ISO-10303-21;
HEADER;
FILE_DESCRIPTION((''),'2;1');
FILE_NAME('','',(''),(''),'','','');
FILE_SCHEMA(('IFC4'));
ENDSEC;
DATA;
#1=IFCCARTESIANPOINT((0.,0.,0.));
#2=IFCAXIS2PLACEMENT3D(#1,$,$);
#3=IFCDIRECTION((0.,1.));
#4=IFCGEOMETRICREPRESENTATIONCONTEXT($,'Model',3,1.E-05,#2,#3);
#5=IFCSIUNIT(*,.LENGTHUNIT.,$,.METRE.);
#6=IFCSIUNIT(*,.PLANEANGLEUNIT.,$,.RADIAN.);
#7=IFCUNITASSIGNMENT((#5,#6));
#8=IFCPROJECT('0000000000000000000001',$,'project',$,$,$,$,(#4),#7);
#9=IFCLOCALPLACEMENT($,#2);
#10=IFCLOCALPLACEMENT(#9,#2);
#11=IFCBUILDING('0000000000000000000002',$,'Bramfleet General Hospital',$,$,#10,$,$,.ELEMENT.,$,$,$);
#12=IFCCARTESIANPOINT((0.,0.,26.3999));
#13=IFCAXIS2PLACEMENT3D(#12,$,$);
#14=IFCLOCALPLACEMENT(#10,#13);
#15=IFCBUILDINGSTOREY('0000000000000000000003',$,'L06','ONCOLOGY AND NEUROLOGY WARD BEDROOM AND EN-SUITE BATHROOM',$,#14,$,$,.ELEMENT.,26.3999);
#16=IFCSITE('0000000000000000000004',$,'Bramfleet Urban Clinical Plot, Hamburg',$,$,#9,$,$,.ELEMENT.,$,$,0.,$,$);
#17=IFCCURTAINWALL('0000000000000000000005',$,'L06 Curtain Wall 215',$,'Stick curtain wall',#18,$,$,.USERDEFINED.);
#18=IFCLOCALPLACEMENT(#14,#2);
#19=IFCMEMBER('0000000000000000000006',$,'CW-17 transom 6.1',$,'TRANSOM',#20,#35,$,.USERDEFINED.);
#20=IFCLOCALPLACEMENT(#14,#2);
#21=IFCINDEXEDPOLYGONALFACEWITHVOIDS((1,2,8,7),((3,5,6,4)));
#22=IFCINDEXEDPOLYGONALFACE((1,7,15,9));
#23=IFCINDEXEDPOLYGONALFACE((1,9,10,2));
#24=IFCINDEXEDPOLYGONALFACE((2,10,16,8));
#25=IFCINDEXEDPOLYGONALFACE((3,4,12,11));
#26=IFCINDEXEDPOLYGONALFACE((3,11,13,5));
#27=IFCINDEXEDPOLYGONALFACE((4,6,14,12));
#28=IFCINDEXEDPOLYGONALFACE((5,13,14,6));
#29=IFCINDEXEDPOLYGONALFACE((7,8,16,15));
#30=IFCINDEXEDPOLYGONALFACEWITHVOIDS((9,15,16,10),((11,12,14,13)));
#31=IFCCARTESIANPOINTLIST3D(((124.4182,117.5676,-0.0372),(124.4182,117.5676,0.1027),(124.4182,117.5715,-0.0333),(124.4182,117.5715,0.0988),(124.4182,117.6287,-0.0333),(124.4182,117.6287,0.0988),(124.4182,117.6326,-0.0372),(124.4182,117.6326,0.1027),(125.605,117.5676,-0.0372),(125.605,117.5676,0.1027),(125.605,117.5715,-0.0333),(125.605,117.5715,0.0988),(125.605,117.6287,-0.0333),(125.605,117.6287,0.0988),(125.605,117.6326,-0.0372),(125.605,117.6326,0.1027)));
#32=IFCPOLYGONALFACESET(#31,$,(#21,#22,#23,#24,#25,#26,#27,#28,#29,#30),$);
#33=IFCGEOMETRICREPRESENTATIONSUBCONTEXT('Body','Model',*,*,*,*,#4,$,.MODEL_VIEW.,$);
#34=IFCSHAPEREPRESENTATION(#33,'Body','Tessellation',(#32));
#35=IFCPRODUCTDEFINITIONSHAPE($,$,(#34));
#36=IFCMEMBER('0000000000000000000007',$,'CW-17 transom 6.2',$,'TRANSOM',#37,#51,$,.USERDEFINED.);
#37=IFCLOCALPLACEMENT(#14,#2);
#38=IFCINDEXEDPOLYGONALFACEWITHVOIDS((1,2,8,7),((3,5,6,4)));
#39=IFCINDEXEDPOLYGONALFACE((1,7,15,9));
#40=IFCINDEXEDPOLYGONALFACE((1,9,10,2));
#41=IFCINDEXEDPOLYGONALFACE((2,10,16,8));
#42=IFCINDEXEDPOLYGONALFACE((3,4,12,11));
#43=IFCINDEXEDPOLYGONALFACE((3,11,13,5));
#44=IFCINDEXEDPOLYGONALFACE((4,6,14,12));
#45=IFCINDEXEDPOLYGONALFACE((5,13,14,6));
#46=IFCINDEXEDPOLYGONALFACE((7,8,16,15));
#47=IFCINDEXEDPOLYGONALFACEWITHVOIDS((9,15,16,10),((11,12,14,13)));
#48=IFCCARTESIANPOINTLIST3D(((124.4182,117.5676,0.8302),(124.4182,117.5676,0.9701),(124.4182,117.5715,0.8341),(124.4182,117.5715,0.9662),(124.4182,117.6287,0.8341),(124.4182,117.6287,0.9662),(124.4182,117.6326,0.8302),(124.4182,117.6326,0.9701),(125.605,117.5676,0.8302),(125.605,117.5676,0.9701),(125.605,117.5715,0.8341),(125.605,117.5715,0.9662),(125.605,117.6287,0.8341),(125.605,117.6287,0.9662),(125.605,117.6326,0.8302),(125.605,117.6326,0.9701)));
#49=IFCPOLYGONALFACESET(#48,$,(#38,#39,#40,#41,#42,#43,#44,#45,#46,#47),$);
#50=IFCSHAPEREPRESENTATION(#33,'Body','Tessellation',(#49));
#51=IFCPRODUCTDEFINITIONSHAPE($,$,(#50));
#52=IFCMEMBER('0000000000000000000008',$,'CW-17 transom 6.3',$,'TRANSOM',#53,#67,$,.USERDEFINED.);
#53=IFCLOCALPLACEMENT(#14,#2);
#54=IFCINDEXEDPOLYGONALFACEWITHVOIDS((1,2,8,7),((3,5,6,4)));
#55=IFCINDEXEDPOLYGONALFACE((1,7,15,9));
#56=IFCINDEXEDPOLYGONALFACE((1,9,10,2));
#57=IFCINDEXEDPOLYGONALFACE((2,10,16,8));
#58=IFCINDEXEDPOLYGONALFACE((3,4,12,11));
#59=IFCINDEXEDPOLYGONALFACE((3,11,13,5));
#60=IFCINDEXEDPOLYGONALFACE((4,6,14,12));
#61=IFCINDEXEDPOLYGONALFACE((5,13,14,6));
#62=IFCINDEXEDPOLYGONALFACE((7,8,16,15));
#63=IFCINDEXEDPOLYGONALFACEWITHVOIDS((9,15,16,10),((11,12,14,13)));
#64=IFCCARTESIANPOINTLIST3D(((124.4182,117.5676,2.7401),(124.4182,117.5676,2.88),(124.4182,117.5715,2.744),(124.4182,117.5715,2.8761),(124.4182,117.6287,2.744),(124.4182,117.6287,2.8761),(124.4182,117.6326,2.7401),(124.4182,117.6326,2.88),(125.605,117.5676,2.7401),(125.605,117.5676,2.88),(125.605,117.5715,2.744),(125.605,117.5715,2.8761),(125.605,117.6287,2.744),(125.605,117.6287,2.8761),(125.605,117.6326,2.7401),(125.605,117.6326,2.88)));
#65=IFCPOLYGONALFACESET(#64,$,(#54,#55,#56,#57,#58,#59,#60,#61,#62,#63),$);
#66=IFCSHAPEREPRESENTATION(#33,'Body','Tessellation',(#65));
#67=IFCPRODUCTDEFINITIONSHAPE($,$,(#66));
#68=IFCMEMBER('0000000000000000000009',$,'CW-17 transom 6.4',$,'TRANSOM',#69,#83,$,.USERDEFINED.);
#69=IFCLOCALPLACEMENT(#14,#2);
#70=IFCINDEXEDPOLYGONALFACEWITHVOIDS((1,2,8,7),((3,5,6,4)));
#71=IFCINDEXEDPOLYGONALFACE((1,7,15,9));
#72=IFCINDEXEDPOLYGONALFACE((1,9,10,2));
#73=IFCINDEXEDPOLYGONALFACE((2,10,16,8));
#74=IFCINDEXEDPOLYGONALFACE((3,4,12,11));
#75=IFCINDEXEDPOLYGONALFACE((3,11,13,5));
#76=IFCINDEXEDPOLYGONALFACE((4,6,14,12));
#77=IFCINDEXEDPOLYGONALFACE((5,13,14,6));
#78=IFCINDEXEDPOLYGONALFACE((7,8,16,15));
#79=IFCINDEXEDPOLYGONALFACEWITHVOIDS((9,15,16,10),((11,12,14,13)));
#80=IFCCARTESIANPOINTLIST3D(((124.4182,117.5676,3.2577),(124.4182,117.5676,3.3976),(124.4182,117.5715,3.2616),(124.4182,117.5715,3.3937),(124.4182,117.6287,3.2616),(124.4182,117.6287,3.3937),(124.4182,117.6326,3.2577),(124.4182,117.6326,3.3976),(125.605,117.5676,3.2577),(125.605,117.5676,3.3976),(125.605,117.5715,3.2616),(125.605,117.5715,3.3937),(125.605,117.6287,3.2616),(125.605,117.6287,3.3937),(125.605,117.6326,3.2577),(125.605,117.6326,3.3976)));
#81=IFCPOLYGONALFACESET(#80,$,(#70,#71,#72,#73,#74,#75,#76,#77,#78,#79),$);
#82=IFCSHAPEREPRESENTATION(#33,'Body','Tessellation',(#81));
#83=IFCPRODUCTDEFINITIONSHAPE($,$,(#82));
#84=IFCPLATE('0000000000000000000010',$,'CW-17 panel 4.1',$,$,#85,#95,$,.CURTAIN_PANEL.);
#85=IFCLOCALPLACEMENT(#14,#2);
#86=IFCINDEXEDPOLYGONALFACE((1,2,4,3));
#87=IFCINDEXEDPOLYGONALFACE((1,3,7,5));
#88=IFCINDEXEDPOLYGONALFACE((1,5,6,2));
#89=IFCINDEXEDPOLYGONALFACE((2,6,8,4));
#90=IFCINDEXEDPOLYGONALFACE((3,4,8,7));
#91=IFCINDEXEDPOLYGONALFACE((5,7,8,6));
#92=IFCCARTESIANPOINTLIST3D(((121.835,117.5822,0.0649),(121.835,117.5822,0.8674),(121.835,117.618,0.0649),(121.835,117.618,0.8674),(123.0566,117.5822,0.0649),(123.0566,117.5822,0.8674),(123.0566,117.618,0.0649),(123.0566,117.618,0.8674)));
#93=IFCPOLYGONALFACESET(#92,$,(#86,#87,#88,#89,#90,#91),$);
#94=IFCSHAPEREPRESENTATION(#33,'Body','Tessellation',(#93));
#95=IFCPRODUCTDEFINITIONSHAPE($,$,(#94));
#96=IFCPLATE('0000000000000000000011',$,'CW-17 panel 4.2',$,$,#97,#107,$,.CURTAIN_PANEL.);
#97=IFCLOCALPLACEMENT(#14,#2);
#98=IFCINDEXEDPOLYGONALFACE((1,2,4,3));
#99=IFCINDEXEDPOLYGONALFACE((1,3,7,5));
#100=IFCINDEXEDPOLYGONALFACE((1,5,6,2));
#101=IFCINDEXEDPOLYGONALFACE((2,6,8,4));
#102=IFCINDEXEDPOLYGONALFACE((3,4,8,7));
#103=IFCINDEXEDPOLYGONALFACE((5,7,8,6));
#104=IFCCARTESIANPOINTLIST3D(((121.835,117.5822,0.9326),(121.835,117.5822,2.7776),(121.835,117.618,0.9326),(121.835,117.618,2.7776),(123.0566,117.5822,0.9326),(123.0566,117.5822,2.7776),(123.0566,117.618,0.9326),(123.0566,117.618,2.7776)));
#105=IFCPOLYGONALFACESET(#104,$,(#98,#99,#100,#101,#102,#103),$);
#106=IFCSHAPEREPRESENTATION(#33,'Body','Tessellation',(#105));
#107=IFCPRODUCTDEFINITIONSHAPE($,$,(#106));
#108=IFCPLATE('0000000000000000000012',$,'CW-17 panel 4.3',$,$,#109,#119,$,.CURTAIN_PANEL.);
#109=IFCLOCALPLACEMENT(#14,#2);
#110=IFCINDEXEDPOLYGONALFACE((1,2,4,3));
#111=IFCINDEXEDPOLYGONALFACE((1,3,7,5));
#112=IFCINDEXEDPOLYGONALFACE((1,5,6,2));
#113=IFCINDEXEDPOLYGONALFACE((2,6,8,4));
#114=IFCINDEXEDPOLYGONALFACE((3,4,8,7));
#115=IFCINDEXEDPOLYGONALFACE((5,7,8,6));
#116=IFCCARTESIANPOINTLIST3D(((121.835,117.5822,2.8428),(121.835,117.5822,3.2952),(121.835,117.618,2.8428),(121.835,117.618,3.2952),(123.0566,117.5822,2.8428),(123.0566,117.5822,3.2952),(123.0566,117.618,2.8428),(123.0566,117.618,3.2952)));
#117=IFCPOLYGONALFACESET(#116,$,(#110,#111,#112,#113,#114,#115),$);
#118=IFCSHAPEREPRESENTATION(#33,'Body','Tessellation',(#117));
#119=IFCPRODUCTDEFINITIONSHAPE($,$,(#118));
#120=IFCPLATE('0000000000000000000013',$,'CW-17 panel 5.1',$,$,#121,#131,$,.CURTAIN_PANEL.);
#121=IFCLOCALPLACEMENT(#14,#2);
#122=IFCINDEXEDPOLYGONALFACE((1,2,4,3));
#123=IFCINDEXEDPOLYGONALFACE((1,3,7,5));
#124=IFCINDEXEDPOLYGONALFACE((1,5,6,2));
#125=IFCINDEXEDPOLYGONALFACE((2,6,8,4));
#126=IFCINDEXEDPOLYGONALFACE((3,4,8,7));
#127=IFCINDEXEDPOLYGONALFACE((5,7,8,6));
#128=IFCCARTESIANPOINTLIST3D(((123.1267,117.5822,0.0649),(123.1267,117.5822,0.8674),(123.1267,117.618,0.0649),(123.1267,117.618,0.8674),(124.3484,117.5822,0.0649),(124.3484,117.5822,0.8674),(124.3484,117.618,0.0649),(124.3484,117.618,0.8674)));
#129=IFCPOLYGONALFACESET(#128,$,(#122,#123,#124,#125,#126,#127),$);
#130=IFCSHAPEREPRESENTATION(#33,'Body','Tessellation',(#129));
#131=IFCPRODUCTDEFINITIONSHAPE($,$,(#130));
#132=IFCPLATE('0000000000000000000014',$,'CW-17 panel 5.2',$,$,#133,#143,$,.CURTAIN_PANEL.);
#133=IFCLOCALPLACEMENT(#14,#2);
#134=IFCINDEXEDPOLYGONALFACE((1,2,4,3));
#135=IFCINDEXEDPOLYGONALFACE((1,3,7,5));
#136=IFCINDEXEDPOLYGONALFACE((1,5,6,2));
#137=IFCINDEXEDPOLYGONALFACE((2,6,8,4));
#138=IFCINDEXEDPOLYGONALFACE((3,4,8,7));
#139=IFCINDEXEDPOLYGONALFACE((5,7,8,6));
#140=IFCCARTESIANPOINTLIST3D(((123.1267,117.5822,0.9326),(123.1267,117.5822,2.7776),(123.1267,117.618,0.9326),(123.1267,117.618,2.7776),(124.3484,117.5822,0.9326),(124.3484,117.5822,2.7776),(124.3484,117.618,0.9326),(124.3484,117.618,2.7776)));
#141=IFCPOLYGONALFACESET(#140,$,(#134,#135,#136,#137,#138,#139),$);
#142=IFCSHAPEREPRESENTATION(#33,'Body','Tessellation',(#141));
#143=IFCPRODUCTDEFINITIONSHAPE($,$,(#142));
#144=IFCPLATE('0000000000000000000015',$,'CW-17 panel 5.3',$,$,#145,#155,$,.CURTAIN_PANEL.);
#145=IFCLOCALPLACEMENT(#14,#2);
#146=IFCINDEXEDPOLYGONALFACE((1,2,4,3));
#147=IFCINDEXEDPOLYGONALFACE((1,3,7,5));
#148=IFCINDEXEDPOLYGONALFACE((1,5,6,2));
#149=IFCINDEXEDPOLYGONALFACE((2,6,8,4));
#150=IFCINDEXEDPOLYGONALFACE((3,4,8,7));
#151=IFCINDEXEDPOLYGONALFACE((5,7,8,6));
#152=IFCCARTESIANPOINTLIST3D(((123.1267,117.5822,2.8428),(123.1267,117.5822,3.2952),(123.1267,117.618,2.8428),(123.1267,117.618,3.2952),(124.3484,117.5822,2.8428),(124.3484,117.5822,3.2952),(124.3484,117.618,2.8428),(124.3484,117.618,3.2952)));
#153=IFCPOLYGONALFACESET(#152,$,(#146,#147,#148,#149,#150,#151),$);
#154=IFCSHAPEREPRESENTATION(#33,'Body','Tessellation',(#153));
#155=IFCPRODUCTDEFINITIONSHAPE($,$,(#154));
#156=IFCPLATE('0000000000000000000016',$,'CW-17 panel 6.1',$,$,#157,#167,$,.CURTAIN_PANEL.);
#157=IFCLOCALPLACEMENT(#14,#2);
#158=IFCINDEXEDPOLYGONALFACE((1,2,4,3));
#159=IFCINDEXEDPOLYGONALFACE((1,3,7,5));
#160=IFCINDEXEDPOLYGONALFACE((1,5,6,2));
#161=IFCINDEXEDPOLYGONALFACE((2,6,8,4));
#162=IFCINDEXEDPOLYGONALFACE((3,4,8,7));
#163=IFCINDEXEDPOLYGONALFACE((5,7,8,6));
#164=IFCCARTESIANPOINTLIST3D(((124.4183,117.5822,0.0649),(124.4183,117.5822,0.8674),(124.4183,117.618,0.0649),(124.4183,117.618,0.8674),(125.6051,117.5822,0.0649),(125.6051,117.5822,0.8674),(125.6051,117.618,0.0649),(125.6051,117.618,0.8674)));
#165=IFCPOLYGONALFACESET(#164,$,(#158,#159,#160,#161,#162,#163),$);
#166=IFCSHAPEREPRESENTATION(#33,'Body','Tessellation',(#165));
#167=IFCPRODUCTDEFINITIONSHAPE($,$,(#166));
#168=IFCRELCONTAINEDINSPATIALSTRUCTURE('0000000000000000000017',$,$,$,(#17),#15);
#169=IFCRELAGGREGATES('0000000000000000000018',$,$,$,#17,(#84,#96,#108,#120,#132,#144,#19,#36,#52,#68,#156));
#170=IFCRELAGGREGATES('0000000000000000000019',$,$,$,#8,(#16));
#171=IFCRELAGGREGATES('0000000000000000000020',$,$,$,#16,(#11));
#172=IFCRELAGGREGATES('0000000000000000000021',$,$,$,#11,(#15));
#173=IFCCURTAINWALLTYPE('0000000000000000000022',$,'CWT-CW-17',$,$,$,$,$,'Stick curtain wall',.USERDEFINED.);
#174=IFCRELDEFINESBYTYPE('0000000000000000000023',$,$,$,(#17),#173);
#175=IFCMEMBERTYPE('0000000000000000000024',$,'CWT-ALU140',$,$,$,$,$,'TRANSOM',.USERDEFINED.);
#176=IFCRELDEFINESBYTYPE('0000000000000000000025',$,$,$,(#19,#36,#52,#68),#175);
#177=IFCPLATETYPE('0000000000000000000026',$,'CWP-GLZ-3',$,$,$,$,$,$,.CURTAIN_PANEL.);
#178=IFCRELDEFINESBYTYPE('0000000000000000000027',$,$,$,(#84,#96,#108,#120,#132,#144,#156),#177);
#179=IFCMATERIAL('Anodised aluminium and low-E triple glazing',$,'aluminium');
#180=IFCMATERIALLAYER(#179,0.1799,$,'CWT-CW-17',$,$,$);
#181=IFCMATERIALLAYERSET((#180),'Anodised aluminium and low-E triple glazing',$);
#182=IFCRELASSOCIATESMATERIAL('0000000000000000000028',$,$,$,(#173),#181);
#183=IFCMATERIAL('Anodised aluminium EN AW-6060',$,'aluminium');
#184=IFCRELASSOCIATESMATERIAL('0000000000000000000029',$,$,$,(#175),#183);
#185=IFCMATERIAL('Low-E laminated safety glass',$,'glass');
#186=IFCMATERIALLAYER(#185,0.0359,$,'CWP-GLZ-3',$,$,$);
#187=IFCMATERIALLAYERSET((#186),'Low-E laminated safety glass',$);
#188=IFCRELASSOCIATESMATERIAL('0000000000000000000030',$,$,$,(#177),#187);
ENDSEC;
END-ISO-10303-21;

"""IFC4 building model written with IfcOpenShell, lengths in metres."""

from ifc_helpers import new_model, si_unit, direction, frame, origin, origin_2d, place, context, subcontext, project, spatial, rectangle, hollow_rectangle, extrude, material, layer, layer_set, material_profile, profile_set, type_object, element, aggregate, save


model = new_model("IFC4")

# Units and contexts
model_context = context("Model", 3, precision=1e-05, world=origin(), true_north=direction((0.0, 1.0)))
body_context = subcontext(model_context, "Body", "Model", "MODEL_VIEW")
ifc_project = project(units=[si_unit("LENGTHUNIT", "METRE"), si_unit("PLANEANGLEUNIT", "RADIAN")], contexts=[model_context])

# Site, building, storey
site_placement = place(None, origin())
site = spatial("IfcSite", under=ifc_project, at=site_placement, Name="Bramfleet Urban Clinical Plot, Hamburg", CompositionType="ELEMENT", RefElevation=0.0)
building_placement = place(site_placement, origin())
building = spatial("IfcBuilding", under=site, at=building_placement, Name="Bramfleet General Hospital", CompositionType="ELEMENT")
storey_placement = place(building_placement, frame((0.0, 0.0, 26.3999)))
storey = spatial("IfcBuildingStorey", under=building, at=storey_placement, Name="L06", Description="ONCOLOGY AND NEUROLOGY WARD BEDROOM AND EN-SUITE BATHROOM", CompositionType="ELEMENT", Elevation=26.3999)

# Curtain wall, members, plates
ifc_material_1 = material(Name="Anodised aluminium and low-E triple glazing", Category="aluminium")
ifc_layer_1 = layer(ifc_material_1, 0.1799, Name="CWT-CW-17")
ifc_layer_set_1 = layer_set([ifc_layer_1], Name="Anodised aluminium and low-E triple glazing")
curtain_wall_type = type_object("IfcCurtainWallType", Name="CWT-CW-17", ElementType="Stick curtain wall", PredefinedType="USERDEFINED", material=ifc_layer_set_1)
curtain_wall_placement = place(storey_placement, origin())
curtain_wall = element("IfcCurtainWall", 1, at=curtain_wall_placement, inside=storey, type_object=curtain_wall_type, Name="L06 Curtain Wall 215", ObjectType="Stick curtain wall", PredefinedType="USERDEFINED")
ifc_material_2 = material(Name="Anodised aluminium EN AW-6060", Category="aluminium")
ifc_material_profile_1 = material_profile(ifc_material_2, hollow_rectangle(XDim=0.0649, YDim=0.1399, WallThickness=0.0039, at=origin_2d()), Name="ALU 140x65x4.0")
ifc_profile_set_1 = profile_set([ifc_material_profile_1], Name="Anodised aluminium EN AW-6060")
member_type_1 = type_object("IfcMemberType", Name="CWT-ALU140", ElementType="TRANSOM", PredefinedType="USERDEFINED", material=ifc_profile_set_1)
member_1_placement = place(storey_placement, frame((124.4182, 117.6001, 0.0327), z_axis=(1.0, 0.0, 0.0), x_axis=(0.0, 1.0, 0.0)))
member_1 = element("IfcMember", 2, at=member_1_placement, type_object=member_type_1, Name="CW-17 transom 6.1", ObjectType="TRANSOM", PredefinedType="USERDEFINED", context=body_context, shape_type="SweptSolid", body=[
    extrude(hollow_rectangle(XDim=0.0649, YDim=0.1399, WallThickness=0.0039, at=origin_2d()), origin(), (0.0, 0.0, 1.0), 1.1868),
])
member_2_placement = place(storey_placement, frame((124.4182, 117.6001, 0.9001), z_axis=(1.0, 0.0, 0.0), x_axis=(0.0, 1.0, 0.0)))
member_2 = element("IfcMember", 3, at=member_2_placement, type_object=member_type_1, Name="CW-17 transom 6.2", ObjectType="TRANSOM", PredefinedType="USERDEFINED", context=body_context, shape_type="SweptSolid", body=[
    extrude(hollow_rectangle(XDim=0.0649, YDim=0.1399, WallThickness=0.0039, at=origin_2d()), origin(), (0.0, 0.0, 1.0), 1.1868),
])
member_3_placement = place(storey_placement, frame((124.4182, 117.6001, 2.8101), z_axis=(1.0, 0.0, 0.0), x_axis=(0.0, 1.0, 0.0)))
member_3 = element("IfcMember", 4, at=member_3_placement, type_object=member_type_1, Name="CW-17 transom 6.3", ObjectType="TRANSOM", PredefinedType="USERDEFINED", context=body_context, shape_type="SweptSolid", body=[
    extrude(hollow_rectangle(XDim=0.0649, YDim=0.1399, WallThickness=0.0039, at=origin_2d()), origin(), (0.0, 0.0, 1.0), 1.1868),
])
member_4_placement = place(storey_placement, frame((124.4182, 117.6001, 3.3276), z_axis=(1.0, 0.0, 0.0), x_axis=(0.0, 1.0, 0.0)))
member_4 = element("IfcMember", 5, at=member_4_placement, type_object=member_type_1, Name="CW-17 transom 6.4", ObjectType="TRANSOM", PredefinedType="USERDEFINED", context=body_context, shape_type="SweptSolid", body=[
    extrude(hollow_rectangle(XDim=0.0649, YDim=0.1399, WallThickness=0.0039, at=origin_2d()), origin(), (0.0, 0.0, 1.0), 1.1868),
])
ifc_material_3 = material(Name="Low-E laminated safety glass", Category="glass")
ifc_layer_2 = layer(ifc_material_3, 0.0359, Name="CWP-GLZ-3")
ifc_layer_set_2 = layer_set([ifc_layer_2], Name="Low-E laminated safety glass")
plate_type = type_object("IfcPlateType", Name="CWP-GLZ-3", PredefinedType="CURTAIN_PANEL", material=ifc_layer_set_2)
plate_1_placement = place(storey_placement, frame((122.4458, 117.6001, 0.0649), z_axis=(0.0, 0.0, 1.0), x_axis=(1.0, 0.0, 0.0)))
plate_1 = element("IfcPlate", 6, at=plate_1_placement, type_object=plate_type, Name="CW-17 panel 4.1", PredefinedType="CURTAIN_PANEL", context=body_context, shape_type="SweptSolid", body=[
    extrude(rectangle(XDim=1.2217, YDim=0.0359, at=origin_2d()), origin(), (0.0, 0.0, 1.0), 0.8025),
])
plate_2_placement = place(storey_placement, frame((122.4458, 117.6001, 0.9326), z_axis=(0.0, 0.0, 1.0), x_axis=(1.0, 0.0, 0.0)))
plate_2 = element("IfcPlate", 7, at=plate_2_placement, type_object=plate_type, Name="CW-17 panel 4.2", PredefinedType="CURTAIN_PANEL", context=body_context, shape_type="SweptSolid", body=[
    extrude(rectangle(XDim=1.2217, YDim=0.0359, at=origin_2d()), origin(), (0.0, 0.0, 1.0), 1.845),
])
plate_3_placement = place(storey_placement, frame((122.4458, 117.6001, 2.8428), z_axis=(0.0, 0.0, 1.0), x_axis=(1.0, 0.0, 0.0)))
plate_3 = element("IfcPlate", 8, at=plate_3_placement, type_object=plate_type, Name="CW-17 panel 4.3", PredefinedType="CURTAIN_PANEL", context=body_context, shape_type="SweptSolid", body=[
    extrude(rectangle(XDim=1.2217, YDim=0.0359, at=origin_2d()), origin(), (0.0, 0.0, 1.0), 0.4524),
])
plate_4_placement = place(storey_placement, frame((123.7375, 117.6001, 0.0649), z_axis=(0.0, 0.0, 1.0), x_axis=(1.0, 0.0, 0.0)))
plate_4 = element("IfcPlate", 9, at=plate_4_placement, type_object=plate_type, Name="CW-17 panel 5.1", PredefinedType="CURTAIN_PANEL", context=body_context, shape_type="SweptSolid", body=[
    extrude(rectangle(XDim=1.2217, YDim=0.0359, at=origin_2d()), origin(), (0.0, 0.0, 1.0), 0.8025),
])
plate_5_placement = place(storey_placement, frame((123.7375, 117.6001, 0.9326), z_axis=(0.0, 0.0, 1.0), x_axis=(1.0, 0.0, 0.0)))
plate_5 = element("IfcPlate", 10, at=plate_5_placement, type_object=plate_type, Name="CW-17 panel 5.2", PredefinedType="CURTAIN_PANEL", context=body_context, shape_type="SweptSolid", body=[
    extrude(rectangle(XDim=1.2217, YDim=0.0359, at=origin_2d()), origin(), (0.0, 0.0, 1.0), 1.845),
])
plate_6_placement = place(storey_placement, frame((123.7375, 117.6001, 2.8428), z_axis=(0.0, 0.0, 1.0), x_axis=(1.0, 0.0, 0.0)))
plate_6 = element("IfcPlate", 11, at=plate_6_placement, type_object=plate_type, Name="CW-17 panel 5.3", PredefinedType="CURTAIN_PANEL", context=body_context, shape_type="SweptSolid", body=[
    extrude(rectangle(XDim=1.2217, YDim=0.0359, at=origin_2d()), origin(), (0.0, 0.0, 1.0), 0.4524),
])
plate_7_placement = place(storey_placement, frame((125.0117, 117.6001, 0.0649), z_axis=(0.0, 0.0, 1.0), x_axis=(1.0, 0.0, 0.0)))
plate_7 = element("IfcPlate", 12, at=plate_7_placement, type_object=plate_type, Name="CW-17 panel 6.1", PredefinedType="CURTAIN_PANEL", context=body_context, shape_type="SweptSolid", body=[
    extrude(rectangle(XDim=1.1868, YDim=0.0359, at=origin_2d()), origin(), (0.0, 0.0, 1.0), 0.8025),
])
aggregate(curtain_wall, [plate_1, plate_2, plate_3, plate_4, plate_5, plate_6, member_1, member_2, member_3, member_4, plate_7])

save(model, "model.ifc")
